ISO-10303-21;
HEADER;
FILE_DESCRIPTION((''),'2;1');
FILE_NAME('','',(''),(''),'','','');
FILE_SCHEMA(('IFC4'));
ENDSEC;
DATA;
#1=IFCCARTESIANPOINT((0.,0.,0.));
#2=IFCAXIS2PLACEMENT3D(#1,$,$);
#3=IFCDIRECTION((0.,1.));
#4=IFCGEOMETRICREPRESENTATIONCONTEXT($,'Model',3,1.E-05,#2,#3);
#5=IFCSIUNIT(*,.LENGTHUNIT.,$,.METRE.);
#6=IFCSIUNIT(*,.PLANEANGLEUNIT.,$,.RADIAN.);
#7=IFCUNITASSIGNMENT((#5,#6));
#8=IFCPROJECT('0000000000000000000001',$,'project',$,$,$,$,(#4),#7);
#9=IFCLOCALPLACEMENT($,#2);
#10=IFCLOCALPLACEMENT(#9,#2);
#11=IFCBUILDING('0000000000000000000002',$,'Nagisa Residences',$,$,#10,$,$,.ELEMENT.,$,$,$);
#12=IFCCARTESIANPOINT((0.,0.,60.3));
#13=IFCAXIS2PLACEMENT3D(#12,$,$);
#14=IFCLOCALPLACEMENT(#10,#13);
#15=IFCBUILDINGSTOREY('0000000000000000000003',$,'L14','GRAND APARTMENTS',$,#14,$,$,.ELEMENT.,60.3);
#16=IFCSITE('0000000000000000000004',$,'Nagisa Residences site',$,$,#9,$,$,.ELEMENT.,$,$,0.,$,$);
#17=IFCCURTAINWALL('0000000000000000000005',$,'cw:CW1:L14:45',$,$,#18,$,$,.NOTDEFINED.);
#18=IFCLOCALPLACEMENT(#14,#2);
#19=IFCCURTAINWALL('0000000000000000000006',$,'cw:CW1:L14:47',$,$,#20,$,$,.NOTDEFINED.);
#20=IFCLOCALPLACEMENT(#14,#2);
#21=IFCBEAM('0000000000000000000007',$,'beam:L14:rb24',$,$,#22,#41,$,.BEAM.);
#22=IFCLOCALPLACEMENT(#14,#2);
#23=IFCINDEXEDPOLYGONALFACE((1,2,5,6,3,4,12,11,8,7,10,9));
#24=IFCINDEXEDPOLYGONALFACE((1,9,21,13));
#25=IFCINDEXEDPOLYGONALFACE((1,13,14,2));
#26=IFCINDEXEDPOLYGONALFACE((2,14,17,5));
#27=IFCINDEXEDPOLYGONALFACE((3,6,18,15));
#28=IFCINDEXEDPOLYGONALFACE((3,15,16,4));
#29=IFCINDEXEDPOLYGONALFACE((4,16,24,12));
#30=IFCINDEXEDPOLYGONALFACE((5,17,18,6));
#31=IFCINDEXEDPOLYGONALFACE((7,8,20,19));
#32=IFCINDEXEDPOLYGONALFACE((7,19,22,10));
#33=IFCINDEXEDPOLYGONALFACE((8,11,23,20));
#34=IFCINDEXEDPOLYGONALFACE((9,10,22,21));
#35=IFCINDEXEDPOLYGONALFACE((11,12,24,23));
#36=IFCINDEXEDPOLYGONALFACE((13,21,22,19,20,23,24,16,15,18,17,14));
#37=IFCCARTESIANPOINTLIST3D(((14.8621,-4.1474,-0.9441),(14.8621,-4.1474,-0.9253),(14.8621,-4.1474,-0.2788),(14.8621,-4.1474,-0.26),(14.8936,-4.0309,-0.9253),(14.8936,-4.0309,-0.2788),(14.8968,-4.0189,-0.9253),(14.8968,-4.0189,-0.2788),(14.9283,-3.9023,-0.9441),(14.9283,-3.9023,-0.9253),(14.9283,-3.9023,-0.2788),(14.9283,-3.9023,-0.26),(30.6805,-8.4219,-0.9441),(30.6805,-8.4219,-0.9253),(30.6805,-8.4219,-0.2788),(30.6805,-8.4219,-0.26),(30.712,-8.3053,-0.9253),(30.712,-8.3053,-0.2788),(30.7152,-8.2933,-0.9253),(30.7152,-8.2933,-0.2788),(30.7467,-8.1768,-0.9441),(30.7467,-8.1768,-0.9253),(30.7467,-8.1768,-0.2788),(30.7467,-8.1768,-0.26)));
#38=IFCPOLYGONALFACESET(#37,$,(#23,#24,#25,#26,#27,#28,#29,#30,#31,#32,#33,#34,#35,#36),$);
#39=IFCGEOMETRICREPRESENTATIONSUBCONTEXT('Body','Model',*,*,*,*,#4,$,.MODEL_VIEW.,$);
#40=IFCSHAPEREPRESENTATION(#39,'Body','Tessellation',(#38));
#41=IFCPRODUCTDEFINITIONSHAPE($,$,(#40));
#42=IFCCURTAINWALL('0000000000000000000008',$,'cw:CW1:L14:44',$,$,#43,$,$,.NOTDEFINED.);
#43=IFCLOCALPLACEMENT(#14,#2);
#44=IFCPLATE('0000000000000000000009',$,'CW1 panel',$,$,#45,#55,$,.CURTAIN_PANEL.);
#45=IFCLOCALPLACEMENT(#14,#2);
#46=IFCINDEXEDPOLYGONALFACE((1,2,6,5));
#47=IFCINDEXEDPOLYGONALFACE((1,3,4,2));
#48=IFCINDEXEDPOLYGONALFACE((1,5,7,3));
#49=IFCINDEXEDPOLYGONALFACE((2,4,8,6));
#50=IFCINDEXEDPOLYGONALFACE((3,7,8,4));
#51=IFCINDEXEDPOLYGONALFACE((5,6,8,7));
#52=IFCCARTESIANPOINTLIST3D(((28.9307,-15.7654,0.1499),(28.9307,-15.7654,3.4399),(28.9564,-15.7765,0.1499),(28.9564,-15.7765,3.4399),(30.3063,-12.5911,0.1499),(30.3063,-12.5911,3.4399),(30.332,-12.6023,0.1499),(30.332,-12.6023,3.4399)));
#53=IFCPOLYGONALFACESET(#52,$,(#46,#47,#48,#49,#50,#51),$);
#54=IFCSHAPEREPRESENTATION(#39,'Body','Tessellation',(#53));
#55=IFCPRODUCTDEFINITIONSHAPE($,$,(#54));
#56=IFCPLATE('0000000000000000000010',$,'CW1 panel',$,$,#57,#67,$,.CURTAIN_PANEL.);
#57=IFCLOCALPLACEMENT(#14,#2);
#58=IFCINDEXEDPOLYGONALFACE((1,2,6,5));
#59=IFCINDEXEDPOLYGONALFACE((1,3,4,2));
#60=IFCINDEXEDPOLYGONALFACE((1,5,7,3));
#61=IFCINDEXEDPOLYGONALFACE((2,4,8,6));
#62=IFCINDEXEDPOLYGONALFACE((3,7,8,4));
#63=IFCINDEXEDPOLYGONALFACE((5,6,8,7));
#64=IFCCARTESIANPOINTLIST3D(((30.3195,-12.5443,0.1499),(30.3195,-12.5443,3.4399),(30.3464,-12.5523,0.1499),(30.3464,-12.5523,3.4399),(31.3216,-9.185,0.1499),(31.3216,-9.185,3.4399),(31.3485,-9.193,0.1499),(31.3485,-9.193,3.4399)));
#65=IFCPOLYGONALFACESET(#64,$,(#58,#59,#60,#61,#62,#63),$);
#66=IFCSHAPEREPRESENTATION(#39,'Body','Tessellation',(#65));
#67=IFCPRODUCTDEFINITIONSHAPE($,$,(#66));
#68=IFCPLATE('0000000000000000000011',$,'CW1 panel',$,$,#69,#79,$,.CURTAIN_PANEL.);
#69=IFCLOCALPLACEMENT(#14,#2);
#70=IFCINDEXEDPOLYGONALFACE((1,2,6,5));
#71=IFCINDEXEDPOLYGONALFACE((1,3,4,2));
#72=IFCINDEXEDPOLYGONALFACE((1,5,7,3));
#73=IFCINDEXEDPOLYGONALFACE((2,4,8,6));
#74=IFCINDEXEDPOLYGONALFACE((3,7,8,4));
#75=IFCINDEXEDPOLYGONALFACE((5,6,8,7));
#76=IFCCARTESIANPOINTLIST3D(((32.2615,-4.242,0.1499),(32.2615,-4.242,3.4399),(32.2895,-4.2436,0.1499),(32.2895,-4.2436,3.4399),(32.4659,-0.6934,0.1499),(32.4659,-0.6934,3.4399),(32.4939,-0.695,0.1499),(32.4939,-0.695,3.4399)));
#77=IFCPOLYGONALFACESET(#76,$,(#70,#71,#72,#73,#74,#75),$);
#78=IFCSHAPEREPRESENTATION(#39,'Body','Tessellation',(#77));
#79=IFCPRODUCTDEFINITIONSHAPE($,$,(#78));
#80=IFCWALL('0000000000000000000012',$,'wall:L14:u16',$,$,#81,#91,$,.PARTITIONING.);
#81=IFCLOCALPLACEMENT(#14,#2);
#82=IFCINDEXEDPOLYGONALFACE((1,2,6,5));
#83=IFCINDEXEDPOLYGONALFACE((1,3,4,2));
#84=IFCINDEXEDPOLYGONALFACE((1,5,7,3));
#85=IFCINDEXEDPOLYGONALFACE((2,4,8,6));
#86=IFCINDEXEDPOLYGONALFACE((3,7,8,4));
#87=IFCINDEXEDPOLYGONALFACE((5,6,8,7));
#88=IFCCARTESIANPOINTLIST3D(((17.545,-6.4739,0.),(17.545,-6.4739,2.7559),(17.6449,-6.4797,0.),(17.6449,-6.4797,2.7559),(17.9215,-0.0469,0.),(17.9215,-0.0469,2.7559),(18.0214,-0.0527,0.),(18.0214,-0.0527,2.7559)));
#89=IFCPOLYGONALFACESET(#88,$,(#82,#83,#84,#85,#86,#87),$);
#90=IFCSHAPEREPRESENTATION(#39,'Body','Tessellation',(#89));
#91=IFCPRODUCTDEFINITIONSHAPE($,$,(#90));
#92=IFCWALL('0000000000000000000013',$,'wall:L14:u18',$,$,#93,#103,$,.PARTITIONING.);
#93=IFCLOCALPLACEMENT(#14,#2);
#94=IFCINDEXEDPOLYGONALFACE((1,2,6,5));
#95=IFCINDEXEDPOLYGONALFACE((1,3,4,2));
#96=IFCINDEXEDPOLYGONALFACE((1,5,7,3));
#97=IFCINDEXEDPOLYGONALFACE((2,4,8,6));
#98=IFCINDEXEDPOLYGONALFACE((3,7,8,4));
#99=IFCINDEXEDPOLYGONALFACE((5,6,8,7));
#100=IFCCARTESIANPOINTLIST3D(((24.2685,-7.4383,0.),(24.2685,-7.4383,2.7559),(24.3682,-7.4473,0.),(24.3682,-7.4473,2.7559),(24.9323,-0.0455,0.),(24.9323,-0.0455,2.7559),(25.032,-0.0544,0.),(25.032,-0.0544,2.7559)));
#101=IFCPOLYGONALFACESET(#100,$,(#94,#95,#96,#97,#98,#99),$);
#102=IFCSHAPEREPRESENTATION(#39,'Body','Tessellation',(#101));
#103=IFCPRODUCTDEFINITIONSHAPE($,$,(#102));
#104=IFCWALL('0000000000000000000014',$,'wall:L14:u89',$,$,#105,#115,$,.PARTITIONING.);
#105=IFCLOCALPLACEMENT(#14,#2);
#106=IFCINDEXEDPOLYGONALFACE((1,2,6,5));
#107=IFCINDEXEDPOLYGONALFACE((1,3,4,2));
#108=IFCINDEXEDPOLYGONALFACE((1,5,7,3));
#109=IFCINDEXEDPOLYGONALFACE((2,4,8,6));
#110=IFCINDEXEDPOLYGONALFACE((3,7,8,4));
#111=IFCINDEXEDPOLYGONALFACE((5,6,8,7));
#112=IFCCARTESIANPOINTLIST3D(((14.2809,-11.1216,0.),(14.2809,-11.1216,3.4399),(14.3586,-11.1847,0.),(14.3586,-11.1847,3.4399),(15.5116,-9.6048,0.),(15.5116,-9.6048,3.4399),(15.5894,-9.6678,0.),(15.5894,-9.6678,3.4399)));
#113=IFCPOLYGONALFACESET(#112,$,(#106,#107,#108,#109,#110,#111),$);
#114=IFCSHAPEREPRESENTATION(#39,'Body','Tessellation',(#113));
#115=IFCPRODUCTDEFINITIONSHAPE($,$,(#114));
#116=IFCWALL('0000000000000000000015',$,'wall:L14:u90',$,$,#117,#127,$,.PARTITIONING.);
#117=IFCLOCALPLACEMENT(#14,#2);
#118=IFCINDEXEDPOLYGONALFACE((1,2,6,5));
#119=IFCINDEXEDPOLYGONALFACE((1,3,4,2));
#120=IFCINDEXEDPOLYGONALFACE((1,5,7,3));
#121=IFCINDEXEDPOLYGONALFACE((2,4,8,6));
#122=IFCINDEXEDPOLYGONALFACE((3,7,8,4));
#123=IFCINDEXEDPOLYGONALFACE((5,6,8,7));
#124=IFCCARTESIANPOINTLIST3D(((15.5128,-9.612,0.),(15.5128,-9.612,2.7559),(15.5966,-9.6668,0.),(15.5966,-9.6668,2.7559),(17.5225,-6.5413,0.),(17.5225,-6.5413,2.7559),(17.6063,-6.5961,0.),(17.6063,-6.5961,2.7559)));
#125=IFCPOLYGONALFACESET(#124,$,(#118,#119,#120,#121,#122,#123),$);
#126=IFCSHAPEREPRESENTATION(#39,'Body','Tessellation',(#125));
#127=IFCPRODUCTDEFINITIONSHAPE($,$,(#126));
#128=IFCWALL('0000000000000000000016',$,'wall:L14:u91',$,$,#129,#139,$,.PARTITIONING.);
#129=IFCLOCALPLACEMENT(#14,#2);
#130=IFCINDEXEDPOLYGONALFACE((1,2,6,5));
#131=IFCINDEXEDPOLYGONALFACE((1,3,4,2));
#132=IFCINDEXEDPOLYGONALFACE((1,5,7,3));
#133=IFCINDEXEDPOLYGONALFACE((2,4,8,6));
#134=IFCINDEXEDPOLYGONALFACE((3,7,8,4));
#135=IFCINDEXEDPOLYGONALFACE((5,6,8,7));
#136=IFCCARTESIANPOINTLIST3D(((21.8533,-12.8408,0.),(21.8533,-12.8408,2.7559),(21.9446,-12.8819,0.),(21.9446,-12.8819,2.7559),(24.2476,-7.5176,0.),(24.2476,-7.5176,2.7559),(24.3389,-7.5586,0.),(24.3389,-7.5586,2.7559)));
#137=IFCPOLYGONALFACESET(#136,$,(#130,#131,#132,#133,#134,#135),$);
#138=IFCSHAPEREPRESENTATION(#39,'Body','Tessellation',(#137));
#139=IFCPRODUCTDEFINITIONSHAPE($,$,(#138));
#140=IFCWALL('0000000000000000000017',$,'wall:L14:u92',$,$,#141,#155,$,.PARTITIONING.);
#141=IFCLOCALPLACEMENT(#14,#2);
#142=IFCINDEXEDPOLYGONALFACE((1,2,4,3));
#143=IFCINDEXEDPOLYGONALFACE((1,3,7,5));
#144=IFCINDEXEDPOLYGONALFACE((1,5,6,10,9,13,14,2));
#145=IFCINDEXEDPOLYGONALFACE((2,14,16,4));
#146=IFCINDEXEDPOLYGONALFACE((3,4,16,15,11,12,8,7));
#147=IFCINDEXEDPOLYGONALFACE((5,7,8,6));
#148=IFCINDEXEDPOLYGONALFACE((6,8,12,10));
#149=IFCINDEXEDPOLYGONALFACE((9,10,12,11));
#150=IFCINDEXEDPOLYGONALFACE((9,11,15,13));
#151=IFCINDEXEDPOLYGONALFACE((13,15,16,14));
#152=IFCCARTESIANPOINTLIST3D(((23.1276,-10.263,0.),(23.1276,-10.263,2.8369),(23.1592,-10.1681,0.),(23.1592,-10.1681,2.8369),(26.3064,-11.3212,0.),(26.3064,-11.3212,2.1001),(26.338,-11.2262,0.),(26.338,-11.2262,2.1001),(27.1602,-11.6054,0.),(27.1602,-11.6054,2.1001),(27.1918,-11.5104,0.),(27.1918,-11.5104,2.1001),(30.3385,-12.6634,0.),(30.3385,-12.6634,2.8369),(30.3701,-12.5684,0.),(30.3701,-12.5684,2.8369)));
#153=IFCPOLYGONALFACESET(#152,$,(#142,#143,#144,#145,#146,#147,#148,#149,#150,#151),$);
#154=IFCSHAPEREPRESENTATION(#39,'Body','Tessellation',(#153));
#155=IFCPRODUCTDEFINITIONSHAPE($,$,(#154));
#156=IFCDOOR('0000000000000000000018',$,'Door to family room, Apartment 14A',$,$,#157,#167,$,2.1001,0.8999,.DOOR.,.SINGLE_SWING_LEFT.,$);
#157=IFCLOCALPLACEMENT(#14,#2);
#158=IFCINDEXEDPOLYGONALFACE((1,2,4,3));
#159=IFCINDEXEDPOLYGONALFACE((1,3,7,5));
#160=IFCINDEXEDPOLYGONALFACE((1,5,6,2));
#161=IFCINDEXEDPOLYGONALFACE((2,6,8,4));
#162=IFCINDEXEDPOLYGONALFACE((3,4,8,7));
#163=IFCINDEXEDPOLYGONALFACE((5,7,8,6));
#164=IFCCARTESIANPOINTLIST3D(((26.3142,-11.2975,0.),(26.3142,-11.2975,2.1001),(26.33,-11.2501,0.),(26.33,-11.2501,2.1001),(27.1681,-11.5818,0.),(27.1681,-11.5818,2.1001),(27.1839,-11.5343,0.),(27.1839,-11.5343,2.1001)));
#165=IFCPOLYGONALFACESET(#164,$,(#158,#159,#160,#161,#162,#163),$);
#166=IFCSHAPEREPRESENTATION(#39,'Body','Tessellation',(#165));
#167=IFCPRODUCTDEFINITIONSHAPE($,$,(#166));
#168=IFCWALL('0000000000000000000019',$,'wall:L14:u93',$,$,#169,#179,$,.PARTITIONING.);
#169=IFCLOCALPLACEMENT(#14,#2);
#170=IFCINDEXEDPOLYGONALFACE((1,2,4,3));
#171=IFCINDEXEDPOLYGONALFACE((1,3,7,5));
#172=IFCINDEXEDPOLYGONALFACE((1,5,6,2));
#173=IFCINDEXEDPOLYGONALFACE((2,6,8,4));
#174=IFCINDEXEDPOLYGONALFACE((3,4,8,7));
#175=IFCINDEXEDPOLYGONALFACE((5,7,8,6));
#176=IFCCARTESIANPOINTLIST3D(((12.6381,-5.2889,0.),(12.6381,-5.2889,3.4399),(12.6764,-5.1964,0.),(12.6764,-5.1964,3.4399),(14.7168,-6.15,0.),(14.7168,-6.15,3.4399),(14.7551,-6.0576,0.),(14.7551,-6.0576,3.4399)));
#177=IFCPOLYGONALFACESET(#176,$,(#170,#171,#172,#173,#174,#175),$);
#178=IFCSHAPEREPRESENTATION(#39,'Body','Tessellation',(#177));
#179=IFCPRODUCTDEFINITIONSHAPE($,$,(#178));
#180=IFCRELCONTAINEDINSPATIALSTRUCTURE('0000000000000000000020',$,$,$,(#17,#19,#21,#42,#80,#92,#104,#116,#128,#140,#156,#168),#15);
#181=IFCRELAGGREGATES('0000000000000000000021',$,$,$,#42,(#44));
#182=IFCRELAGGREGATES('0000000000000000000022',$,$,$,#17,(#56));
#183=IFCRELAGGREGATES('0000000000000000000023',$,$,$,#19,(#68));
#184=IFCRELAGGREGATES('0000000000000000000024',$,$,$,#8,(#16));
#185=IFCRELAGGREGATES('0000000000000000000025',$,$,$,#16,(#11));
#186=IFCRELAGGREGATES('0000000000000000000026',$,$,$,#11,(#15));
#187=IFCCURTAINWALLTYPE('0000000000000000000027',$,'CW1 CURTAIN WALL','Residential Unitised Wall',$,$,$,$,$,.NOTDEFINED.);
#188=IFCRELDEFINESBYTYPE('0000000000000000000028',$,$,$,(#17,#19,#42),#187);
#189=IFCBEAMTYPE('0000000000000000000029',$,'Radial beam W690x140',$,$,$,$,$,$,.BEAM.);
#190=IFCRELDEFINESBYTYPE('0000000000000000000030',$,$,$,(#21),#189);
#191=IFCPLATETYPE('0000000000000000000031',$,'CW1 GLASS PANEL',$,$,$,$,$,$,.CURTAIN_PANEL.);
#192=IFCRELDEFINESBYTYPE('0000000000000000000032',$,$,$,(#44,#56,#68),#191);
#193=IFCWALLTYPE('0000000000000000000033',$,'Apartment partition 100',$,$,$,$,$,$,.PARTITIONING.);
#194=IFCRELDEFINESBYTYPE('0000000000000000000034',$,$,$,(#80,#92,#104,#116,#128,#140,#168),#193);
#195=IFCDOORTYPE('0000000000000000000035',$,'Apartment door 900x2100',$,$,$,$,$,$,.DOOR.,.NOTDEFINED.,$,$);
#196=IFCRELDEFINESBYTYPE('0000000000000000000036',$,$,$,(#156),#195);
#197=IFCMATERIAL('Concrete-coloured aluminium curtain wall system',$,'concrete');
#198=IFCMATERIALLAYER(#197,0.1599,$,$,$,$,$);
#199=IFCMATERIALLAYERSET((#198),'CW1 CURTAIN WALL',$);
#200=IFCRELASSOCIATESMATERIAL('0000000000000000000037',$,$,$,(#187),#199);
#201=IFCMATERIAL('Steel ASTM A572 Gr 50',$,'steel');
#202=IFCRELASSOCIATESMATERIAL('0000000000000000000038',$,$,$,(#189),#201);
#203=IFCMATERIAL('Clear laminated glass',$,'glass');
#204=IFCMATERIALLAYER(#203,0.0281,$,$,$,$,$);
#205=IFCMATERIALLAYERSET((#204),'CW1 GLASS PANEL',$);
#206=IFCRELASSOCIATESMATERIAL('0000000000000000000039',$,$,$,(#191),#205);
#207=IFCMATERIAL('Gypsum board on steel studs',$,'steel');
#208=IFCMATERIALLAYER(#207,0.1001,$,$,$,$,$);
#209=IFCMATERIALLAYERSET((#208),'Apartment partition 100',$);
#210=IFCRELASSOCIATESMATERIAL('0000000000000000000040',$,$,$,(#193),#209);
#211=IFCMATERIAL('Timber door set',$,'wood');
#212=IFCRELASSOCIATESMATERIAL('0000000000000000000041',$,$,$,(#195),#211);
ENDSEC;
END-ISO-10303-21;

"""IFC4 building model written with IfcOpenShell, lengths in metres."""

from ifc_helpers import new_model, si_unit, direction, frame, frame_2d, origin, origin_2d, place, context, subcontext, project, spatial, rectangle, i_section, extrude, material, layer, layer_set, material_profile, profile_set, type_object, element, fill, aggregate, save


model = new_model("IFC4")

# Units and contexts
model_context = context("Model", 3, precision=1e-05, world=origin(), true_north=direction((0.0, 1.0)))
body_context = subcontext(model_context, "Body", "Model", "MODEL_VIEW")
ifc_project = project(units=[si_unit("LENGTHUNIT", "METRE"), si_unit("PLANEANGLEUNIT", "RADIAN")], contexts=[model_context])

# Site, building, storey
site_placement = place(None, origin())
site = spatial("IfcSite", under=ifc_project, at=site_placement, Name="Nagisa Residences site", CompositionType="ELEMENT", RefElevation=0.0)
building_placement = place(site_placement, origin())
building = spatial("IfcBuilding", under=site, at=building_placement, Name="Nagisa Residences", CompositionType="ELEMENT")
storey_placement = place(building_placement, frame((0.0, 0.0, 60.3)))
storey = spatial("IfcBuildingStorey", under=building, at=storey_placement, Name="L14", Description="GRAND APARTMENTS", CompositionType="ELEMENT", Elevation=60.3)

# Curtain walls
ifc_material_1 = material(Name="Concrete-coloured aluminium curtain wall system", Category="concrete")
ifc_layer_1 = layer(ifc_material_1, 0.1599)
ifc_layer_set_1 = layer_set([ifc_layer_1], Name="CW1 CURTAIN WALL")
curtain_wall_type = type_object("IfcCurtainWallType", Name="CW1 CURTAIN WALL", Description="Residential Unitised Wall", PredefinedType="NOTDEFINED", material=ifc_layer_set_1)
curtain_wall_1_placement = place(storey_placement, origin())
curtain_wall_1 = element("IfcCurtainWall", 1, at=curtain_wall_1_placement, inside=storey, type_object=curtain_wall_type, Name="cw:CW1:L14:45", PredefinedType="NOTDEFINED")
curtain_wall_2_placement = place(storey_placement, origin())
curtain_wall_2 = element("IfcCurtainWall", 2, at=curtain_wall_2_placement, inside=storey, type_object=curtain_wall_type, Name="cw:CW1:L14:47", PredefinedType="NOTDEFINED")

# Beam
ifc_material_2 = material(Name="Steel ASTM A572 Gr 50", Category="steel")
ifc_material_profile_1 = material_profile(ifc_material_2, i_section(OverallWidth=0.2539, OverallDepth=0.6841, WebThickness=0.0125, FlangeThickness=0.0188, at=origin_2d()), Name="W690x140")
ifc_profile_set_1 = profile_set([ifc_material_profile_1], Name="Steel ASTM A572 Gr 50")
beam_type_1 = type_object("IfcBeamType", Name="Radial beam W690x140", PredefinedType="BEAM", material=ifc_profile_set_1)
beam_1_placement = place(storey_placement, frame((30.7136, -8.2993, -0.6021), z_axis=(-0.965376, 0.260862, 0.0), x_axis=(-0.260862, -0.965376, 0.0)))
element("IfcBeam", 3, at=beam_1_placement, inside=storey, type_object=beam_type_1, Name="beam:L14:rb24", PredefinedType="BEAM", context=body_context, shape_type="SweptSolid", body=[
    extrude(i_section(OverallWidth=0.2539, OverallDepth=0.6841, WebThickness=0.0125, FlangeThickness=0.0188, at=origin_2d()), origin(), (0.0, 0.0, 1.0), 16.3857),
])

# Curtain wall, plate
curtain_wall_3_placement = place(storey_placement, origin())
curtain_wall_3 = element("IfcCurtainWall", 4, at=curtain_wall_3_placement, inside=storey, type_object=curtain_wall_type, Name="cw:CW1:L14:44", PredefinedType="NOTDEFINED")
ifc_material_3 = material(Name="Clear laminated glass", Category="glass")
ifc_layer_2 = layer(ifc_material_3, 0.0281)
ifc_layer_set_2 = layer_set([ifc_layer_2], Name="CW1 GLASS PANEL")
plate_type = type_object("IfcPlateType", Name="CW1 GLASS PANEL", PredefinedType="CURTAIN_PANEL", material=ifc_layer_set_2)
plate_1_placement = place(storey_placement, frame((29.6313, -14.1838, 0.1499), z_axis=(0.0, 0.0, 1.0), x_axis=(0.397636, 0.917543, 0.0)))
plate_1 = element("IfcPlate", 5, at=plate_1_placement, type_object=plate_type, Name="CW1 panel", PredefinedType="CURTAIN_PANEL", context=body_context, shape_type="SweptSolid", body=[
    extrude(rectangle(XDim=3.4595, YDim=0.0281, at=origin_2d()), origin(), (0.0, 0.0, 1.0), 3.29),
])
aggregate(curtain_wall_3, [plate_1])

# Plates
plate_2_placement = place(storey_placement, frame((30.834, -10.8687, 0.1499), z_axis=(0.0, 0.0, 1.0), x_axis=(0.28586, 0.958271, 0.0)))
plate_2 = element("IfcPlate", 6, at=plate_2_placement, type_object=plate_type, Name="CW1 panel", PredefinedType="CURTAIN_PANEL", context=body_context, shape_type="SweptSolid", body=[
    extrude(rectangle(XDim=3.5056, YDim=0.0281, at=origin_2d()), origin(), (0.0, 0.0, 1.0), 3.29),
])
aggregate(curtain_wall_1, [plate_2])
plate_3_placement = place(storey_placement, frame((32.3777, -2.4685, 0.1499), z_axis=(0.0, 0.0, 1.0), x_axis=(0.057503, 0.998345, 0.0)))
plate_3 = element("IfcPlate", 7, at=plate_3_placement, type_object=plate_type, Name="CW1 panel", PredefinedType="CURTAIN_PANEL", context=body_context, shape_type="SweptSolid", body=[
    extrude(rectangle(XDim=3.5544, YDim=0.0281, at=origin_2d()), origin(), (0.0, 0.0, 1.0), 3.29),
])
aggregate(curtain_wall_2, [plate_3])

# Walls
ifc_material_4 = material(Name="Gypsum board on steel studs", Category="steel")
ifc_layer_3 = layer(ifc_material_4, 0.1001)
ifc_layer_set_3 = layer_set([ifc_layer_3], Name="Apartment partition 100")
wall_type_1 = type_object("IfcWallType", Name="Apartment partition 100", PredefinedType="PARTITIONING", material=ifc_layer_set_3)
wall_1_placement = place(storey_placement, frame((17.9714, -0.0498, 0.0), z_axis=(0.0, 0.0, 1.0), x_axis=(-0.058475, -0.998289, 0.0)))
element("IfcWall", 8, at=wall_1_placement, inside=storey, type_object=wall_type_1, Name="wall:L14:u16", PredefinedType="PARTITIONING", context=body_context, shape_type="SweptSolid", body=[
    extrude(rectangle(XDim=6.438, YDim=0.1001, at=frame_2d((3.219, 0.0))), origin(), (0.0, 0.0, 1.0), 2.7559),
])
wall_2_placement = place(storey_placement, frame((24.9822, -0.0498, 0.0), z_axis=(0.0, 0.0, 1.0), x_axis=(-0.089432, -0.995993, 0.0)))
element("IfcWall", 9, at=wall_2_placement, inside=storey, type_object=wall_type_1, Name="wall:L14:u18", PredefinedType="PARTITIONING", context=body_context, shape_type="SweptSolid", body=[
    extrude(rectangle(XDim=7.4226, YDim=0.1001, at=frame_2d((3.7114, 0.0))), origin(), (0.0, 0.0, 1.0), 2.7559),
])
wall_3_placement = place(storey_placement, frame((14.3198, -11.1531, 0.0), z_axis=(0.0, 0.0, 1.0), x_axis=(0.630061, 0.776546, 0.0)))
element("IfcWall", 10, at=wall_3_placement, inside=storey, type_object=wall_type_1, Name="wall:L14:u89", PredefinedType="PARTITIONING", context=body_context, shape_type="SweptSolid", body=[
    extrude(rectangle(XDim=1.9534, YDim=0.1001, at=frame_2d((0.9766, 0.0))), origin(), (0.0, 0.0, 1.0), 3.4399),
])
wall_4_placement = place(storey_placement, frame((15.5547, -9.6394, 0.0), z_axis=(0.0, 0.0, 1.0), x_axis=(0.547619, 0.836728, 0.0)))
element("IfcWall", 11, at=wall_4_placement, inside=storey, type_object=wall_type_1, Name="wall:L14:u90", PredefinedType="PARTITIONING", context=body_context, shape_type="SweptSolid", body=[
    extrude(rectangle(XDim=3.6699, YDim=0.1001, at=frame_2d((1.835, 0.0))), origin(), (0.0, 0.0, 1.0), 2.7559),
])
wall_5_placement = place(storey_placement, frame((21.8989, -12.8613, 0.0), z_axis=(0.0, 0.0, 1.0), x_axis=(0.410198, 0.911997, 0.0)))
element("IfcWall", 12, at=wall_5_placement, inside=storey, type_object=wall_type_1, Name="wall:L14:u91", PredefinedType="PARTITIONING", context=body_context, shape_type="SweptSolid", body=[
    extrude(rectangle(XDim=5.8369, YDim=0.1001, at=frame_2d((2.9185, 0.0))), origin(), (0.0, 0.0, 1.0), 2.7559),
])

# Wall, opening, door
wall_6_placement = place(storey_placement, frame((23.1436, -10.2156, 0.0), z_axis=(0.0, 0.0, 1.0), x_axis=(0.948812, -0.315842, 0.0)))
wall_6 = element("IfcWall", 13, at=wall_6_placement, inside=storey, type_object=wall_type_1, Name="wall:L14:u92", PredefinedType="PARTITIONING", context=body_context, shape_type="SweptSolid", body=[
    extrude(rectangle(XDim=7.5999, YDim=0.1001, at=frame_2d((3.7998, 0.0))), origin(), (0.0, 0.0, 1.0), 2.8369),
])
opening_1_placement = place(wall_6_placement, frame((3.3501, 0.0, 0.0)))
opening_1 = element("IfcOpeningElement", 14, at=opening_1_placement, cuts=wall_6, PredefinedType="OPENING", context=body_context, shape_type="SweptSolid", body=[
    extrude(rectangle(XDim=0.8999, YDim=2.1001, at=frame_2d((0.45, 1.05))), frame((0.0, 0.0601, 0.0), z_axis=(0.0, -1.0, 0.0), x_axis=(1.0, 0.0, 0.0)), (0.0, 0.0, 1.0), 0.1201),
])
ifc_material_5 = material(Name="Timber door set", Category="wood")
door_type_1 = type_object("IfcDoorType", Name="Apartment door 900x2100", OperationType="NOTDEFINED", PredefinedType="DOOR", material=ifc_material_5)
door_1_placement = place(opening_1_placement, origin())
door_1 = element("IfcDoor", 15, at=door_1_placement, inside=storey, type_object=door_type_1, Name="Door to family room, Apartment 14A", OperationType="SINGLE_SWING_LEFT", OverallHeight=2.1001, OverallWidth=0.8999, PredefinedType="DOOR", context=body_context, shape_type="SweptSolid", body=[
    extrude(rectangle(XDim=0.8999, YDim=2.1001, at=frame_2d((0.45, 1.05))), frame((0.0, 0.0249, 0.0), z_axis=(0.0, -1.0, 0.0), x_axis=(1.0, 0.0, 0.0)), (0.0, 0.0, 1.0), 0.05),
])
fill(opening_1, door_1)

# Wall
wall_7_placement = place(storey_placement, frame((12.6572, -5.2427, 0.0), z_axis=(0.0, 0.0, 1.0), x_axis=(0.923865, -0.382719, 0.0)))
element("IfcWall", 16, at=wall_7_placement, inside=storey, type_object=wall_type_1, Name="wall:L14:u93", PredefinedType="PARTITIONING", context=body_context, shape_type="SweptSolid", body=[
    extrude(rectangle(XDim=2.25, YDim=0.1001, at=frame_2d((1.125, 0.0))), origin(), (0.0, 0.0, 1.0), 3.4399),
])

save(model, "model.ifc")
